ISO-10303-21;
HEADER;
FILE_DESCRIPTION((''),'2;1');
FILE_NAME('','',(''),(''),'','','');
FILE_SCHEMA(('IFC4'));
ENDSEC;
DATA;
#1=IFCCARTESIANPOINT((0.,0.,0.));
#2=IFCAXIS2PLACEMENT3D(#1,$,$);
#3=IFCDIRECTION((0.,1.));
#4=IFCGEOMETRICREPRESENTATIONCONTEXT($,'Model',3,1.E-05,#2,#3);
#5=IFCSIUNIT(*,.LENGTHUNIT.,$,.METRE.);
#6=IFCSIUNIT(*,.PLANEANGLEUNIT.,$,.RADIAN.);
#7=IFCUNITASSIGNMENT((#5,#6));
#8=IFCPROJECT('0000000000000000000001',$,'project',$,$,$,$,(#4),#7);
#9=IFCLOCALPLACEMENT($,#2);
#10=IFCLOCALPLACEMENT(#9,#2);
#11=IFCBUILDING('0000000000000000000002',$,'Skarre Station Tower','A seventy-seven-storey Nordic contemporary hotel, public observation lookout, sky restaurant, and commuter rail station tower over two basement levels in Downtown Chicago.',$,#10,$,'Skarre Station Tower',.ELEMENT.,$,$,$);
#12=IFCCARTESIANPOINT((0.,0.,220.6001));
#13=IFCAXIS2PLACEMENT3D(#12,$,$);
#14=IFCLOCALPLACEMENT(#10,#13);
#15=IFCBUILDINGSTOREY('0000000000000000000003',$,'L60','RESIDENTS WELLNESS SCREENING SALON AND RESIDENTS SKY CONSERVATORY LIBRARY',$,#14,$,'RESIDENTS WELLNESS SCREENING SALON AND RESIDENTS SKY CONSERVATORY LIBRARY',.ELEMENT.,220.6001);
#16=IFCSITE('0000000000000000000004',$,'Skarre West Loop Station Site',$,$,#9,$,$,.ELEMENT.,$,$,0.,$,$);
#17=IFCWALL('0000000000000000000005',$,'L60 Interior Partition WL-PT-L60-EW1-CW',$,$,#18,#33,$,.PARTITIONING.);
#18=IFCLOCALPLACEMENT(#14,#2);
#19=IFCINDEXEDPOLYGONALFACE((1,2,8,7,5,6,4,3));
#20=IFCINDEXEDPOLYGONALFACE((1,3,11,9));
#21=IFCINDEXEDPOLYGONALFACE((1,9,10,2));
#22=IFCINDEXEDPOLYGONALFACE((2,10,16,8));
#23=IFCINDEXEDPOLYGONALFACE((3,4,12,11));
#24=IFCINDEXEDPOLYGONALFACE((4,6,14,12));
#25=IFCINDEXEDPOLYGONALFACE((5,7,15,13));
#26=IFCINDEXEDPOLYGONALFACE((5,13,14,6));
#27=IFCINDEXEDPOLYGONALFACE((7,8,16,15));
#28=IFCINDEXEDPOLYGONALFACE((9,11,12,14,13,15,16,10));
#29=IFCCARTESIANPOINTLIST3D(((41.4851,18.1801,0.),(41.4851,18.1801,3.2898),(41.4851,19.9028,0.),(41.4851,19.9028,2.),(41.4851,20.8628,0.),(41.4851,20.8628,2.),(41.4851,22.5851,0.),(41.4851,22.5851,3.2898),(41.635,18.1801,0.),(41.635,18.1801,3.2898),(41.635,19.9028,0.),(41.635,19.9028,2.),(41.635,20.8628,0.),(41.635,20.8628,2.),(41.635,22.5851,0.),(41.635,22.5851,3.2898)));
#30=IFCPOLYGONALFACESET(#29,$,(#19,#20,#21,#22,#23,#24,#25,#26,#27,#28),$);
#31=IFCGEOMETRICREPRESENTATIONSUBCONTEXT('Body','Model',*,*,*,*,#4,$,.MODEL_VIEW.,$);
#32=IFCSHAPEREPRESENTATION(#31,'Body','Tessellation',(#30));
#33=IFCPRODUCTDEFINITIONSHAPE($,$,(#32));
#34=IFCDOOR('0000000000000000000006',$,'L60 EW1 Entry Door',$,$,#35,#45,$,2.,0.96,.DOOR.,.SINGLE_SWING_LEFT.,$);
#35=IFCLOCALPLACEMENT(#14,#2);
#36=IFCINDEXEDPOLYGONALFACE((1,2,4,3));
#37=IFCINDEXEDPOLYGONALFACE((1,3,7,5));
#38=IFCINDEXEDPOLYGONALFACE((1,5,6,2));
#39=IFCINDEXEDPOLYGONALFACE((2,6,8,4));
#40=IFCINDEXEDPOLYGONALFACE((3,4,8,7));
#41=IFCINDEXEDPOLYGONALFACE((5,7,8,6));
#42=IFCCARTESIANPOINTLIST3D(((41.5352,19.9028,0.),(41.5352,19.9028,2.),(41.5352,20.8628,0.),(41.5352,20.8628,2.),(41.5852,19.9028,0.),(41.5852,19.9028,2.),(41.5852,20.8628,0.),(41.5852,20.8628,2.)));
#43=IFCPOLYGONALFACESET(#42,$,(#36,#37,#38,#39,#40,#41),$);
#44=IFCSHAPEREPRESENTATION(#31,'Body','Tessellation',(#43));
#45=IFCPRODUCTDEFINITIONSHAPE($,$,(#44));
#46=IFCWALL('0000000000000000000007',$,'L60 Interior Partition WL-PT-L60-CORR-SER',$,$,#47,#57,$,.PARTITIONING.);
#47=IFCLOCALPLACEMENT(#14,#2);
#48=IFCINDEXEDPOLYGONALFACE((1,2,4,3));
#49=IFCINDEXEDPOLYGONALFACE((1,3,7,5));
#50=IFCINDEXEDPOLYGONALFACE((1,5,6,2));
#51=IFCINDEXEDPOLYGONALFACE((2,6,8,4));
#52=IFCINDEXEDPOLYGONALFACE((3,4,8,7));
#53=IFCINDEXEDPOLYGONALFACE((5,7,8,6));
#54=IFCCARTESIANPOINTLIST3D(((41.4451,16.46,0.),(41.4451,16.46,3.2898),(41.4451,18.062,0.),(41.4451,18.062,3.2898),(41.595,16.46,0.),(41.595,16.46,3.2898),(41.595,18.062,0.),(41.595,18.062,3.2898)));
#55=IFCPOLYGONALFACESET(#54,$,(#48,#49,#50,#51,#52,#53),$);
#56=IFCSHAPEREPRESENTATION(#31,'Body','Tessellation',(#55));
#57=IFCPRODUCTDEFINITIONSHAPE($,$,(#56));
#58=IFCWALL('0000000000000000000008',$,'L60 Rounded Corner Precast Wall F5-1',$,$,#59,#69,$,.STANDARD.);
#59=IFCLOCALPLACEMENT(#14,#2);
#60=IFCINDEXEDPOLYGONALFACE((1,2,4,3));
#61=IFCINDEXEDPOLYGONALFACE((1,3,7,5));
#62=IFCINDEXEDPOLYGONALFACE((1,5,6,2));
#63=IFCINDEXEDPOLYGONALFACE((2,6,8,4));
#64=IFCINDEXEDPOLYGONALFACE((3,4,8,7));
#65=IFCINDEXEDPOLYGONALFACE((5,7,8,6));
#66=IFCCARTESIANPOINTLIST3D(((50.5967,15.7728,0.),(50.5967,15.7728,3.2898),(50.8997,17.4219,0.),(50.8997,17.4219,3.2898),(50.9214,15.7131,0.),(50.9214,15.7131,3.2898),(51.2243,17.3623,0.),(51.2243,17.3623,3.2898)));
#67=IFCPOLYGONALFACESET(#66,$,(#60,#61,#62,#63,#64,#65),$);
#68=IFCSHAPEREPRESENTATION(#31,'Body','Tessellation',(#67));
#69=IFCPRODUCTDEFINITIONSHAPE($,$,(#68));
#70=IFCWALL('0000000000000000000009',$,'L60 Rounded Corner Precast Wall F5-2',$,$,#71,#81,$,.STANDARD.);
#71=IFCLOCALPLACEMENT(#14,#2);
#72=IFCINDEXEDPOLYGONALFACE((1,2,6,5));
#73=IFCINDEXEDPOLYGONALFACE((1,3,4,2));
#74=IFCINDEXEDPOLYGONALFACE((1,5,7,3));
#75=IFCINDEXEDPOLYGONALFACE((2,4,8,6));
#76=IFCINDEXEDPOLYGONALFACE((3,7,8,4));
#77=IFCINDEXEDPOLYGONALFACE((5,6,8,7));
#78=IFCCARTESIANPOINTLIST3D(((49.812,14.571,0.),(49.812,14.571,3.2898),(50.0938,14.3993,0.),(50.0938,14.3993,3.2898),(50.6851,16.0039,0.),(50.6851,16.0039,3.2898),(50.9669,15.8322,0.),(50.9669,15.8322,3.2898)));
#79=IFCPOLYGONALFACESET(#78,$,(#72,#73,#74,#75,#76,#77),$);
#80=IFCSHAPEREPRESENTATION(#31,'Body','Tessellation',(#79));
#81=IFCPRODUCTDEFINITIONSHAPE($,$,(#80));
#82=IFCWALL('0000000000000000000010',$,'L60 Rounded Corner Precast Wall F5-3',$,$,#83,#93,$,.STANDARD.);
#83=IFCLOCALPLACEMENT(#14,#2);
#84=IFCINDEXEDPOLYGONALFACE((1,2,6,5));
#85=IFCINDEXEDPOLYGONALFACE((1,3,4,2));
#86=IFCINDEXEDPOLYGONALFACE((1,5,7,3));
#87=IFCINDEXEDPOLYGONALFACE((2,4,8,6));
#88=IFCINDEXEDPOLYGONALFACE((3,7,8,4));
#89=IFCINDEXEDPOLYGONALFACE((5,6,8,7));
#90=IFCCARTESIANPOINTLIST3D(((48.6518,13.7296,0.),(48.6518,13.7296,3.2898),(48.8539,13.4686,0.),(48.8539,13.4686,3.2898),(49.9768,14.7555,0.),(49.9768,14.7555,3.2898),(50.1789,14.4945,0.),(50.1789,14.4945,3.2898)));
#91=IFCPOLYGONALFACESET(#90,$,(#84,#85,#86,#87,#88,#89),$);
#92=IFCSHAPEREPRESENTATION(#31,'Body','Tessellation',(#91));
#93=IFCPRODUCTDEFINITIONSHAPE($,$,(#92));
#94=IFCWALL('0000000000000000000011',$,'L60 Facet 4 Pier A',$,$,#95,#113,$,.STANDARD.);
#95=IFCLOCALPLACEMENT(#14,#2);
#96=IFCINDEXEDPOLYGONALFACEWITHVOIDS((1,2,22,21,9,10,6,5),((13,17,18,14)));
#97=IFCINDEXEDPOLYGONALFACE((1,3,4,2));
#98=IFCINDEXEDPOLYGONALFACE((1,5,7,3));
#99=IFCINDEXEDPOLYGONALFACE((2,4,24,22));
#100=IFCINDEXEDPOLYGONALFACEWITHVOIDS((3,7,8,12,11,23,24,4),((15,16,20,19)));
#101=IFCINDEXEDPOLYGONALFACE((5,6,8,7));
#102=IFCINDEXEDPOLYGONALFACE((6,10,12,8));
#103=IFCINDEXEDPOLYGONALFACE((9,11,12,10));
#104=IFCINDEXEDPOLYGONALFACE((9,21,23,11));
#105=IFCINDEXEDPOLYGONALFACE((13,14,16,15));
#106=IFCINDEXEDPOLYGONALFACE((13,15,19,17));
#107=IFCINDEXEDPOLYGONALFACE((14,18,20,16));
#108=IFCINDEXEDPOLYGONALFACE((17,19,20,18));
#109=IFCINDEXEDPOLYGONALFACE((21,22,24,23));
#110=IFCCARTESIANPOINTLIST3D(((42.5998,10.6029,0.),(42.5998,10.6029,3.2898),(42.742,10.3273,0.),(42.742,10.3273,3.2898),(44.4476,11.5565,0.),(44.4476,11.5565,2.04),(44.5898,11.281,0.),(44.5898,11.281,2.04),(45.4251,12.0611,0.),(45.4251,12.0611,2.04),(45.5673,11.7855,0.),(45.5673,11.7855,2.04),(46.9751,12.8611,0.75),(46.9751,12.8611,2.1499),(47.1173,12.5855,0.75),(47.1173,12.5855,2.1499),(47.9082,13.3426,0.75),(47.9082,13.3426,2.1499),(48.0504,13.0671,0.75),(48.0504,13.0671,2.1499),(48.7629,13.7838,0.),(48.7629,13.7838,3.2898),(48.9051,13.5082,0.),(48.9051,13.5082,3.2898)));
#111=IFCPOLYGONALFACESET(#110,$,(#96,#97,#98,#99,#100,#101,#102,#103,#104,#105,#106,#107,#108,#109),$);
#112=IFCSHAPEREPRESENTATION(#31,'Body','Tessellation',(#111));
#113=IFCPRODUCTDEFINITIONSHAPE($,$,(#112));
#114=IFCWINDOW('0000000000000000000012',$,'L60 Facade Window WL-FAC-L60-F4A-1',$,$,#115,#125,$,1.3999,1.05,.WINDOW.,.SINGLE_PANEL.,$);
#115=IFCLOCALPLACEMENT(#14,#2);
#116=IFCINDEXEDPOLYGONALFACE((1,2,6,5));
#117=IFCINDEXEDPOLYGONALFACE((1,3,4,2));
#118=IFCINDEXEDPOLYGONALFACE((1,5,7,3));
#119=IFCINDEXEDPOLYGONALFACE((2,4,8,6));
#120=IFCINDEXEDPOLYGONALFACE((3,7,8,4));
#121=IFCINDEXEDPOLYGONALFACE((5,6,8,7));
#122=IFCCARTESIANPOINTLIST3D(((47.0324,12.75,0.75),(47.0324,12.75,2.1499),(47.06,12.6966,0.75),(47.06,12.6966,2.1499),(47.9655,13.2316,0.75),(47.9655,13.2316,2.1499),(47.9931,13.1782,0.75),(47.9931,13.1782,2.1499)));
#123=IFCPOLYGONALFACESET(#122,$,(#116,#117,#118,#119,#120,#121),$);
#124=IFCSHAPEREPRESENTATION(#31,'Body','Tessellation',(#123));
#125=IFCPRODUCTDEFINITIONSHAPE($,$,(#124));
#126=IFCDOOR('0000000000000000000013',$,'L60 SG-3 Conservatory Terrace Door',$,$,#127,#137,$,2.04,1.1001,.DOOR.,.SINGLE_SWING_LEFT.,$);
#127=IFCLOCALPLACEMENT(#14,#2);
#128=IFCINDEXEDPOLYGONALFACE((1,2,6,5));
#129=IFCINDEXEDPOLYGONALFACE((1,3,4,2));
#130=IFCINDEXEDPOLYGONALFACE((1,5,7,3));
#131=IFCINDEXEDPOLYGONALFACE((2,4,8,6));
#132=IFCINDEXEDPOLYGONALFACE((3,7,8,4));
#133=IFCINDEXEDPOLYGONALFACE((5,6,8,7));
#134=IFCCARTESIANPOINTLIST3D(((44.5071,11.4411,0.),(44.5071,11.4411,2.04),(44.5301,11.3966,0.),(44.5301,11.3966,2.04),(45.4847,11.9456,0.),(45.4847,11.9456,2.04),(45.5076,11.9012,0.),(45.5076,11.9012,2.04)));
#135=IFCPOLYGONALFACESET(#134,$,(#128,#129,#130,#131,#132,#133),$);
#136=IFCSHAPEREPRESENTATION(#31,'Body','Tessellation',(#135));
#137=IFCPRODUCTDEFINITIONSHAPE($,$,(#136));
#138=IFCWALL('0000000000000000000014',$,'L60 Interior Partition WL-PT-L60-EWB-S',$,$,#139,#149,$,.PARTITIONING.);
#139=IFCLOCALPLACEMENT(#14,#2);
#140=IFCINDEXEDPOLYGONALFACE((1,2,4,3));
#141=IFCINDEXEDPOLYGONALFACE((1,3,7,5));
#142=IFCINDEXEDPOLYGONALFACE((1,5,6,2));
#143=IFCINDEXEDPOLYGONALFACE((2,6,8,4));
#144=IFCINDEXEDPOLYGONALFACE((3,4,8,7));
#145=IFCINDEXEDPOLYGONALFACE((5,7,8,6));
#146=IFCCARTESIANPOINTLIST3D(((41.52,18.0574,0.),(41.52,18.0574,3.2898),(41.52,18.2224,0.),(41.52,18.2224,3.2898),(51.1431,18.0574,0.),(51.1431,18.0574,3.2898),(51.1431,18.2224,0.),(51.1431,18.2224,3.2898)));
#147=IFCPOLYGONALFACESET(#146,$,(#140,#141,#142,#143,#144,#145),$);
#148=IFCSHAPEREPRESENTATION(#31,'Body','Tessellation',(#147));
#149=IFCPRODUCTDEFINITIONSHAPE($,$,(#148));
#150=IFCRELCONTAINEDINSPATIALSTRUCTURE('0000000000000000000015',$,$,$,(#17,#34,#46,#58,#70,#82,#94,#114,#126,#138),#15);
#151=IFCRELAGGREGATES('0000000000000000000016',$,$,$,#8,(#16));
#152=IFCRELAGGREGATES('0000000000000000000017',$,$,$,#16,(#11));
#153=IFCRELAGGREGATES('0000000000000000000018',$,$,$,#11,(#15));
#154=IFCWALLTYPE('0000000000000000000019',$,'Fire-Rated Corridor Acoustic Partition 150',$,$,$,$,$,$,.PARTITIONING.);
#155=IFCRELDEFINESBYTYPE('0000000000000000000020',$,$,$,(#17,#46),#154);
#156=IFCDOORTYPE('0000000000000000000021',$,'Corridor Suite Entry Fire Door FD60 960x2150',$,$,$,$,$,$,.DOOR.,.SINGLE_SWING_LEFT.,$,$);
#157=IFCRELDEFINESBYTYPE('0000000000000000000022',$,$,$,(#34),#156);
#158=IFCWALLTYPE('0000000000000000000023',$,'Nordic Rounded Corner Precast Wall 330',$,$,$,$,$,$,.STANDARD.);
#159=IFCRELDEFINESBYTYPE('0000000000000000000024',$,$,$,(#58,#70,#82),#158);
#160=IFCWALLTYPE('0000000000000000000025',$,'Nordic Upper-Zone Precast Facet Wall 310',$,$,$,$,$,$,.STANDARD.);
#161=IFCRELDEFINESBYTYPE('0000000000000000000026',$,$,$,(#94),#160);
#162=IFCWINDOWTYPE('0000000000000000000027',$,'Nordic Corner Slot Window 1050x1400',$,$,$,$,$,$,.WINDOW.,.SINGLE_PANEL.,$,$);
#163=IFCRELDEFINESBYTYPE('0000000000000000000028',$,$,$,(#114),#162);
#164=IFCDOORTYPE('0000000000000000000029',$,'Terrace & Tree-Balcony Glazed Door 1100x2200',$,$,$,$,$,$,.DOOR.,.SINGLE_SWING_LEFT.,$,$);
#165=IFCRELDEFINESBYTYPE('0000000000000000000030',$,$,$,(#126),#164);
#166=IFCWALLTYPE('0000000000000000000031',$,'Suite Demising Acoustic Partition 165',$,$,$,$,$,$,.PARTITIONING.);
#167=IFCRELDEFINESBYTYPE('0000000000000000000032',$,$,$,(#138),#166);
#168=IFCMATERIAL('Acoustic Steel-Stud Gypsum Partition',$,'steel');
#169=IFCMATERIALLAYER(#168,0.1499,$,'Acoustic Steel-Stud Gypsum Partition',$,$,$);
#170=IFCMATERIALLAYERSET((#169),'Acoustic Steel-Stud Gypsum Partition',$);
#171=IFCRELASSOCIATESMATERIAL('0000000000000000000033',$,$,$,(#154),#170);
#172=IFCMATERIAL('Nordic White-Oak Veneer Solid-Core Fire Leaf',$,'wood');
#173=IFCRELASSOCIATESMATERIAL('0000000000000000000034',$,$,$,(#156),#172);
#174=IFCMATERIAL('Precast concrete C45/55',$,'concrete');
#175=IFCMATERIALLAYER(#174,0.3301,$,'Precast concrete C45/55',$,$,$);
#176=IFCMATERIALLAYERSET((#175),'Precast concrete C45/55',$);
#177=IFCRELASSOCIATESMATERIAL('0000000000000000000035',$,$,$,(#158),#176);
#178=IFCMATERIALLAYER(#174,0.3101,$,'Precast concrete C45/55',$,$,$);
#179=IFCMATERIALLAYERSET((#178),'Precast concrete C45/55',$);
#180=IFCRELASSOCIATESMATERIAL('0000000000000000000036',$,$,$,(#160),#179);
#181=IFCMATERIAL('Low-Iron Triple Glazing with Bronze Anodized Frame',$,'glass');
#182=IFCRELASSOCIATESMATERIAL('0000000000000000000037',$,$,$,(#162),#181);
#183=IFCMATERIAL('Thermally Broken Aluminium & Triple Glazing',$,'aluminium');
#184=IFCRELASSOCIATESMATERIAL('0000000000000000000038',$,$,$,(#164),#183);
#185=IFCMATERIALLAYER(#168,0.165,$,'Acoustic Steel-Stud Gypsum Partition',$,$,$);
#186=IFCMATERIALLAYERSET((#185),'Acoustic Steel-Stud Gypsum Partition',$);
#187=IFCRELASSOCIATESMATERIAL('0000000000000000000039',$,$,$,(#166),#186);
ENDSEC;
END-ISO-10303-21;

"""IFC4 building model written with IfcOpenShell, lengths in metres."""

from ifc_helpers import new_model, si_unit, direction, frame, frame_2d, origin, place, context, subcontext, project, spatial, rectangle, extrude, material, layer, layer_set, type_object, element, fill, save


model = new_model("IFC4")

# Units and contexts
model_context = context("Model", 3, precision=1e-05, world=origin(), true_north=direction((0.0, 1.0)))
body_context = subcontext(model_context, "Body", "Model", "MODEL_VIEW")
ifc_project = project(units=[si_unit("LENGTHUNIT", "METRE"), si_unit("PLANEANGLEUNIT", "RADIAN")], contexts=[model_context])

# Site, building, storey
site_placement = place(None, origin())
site = spatial("IfcSite", under=ifc_project, at=site_placement, Name="Skarre West Loop Station Site", CompositionType="ELEMENT", RefElevation=0.0)
building_placement = place(site_placement, origin())
building = spatial("IfcBuilding", under=site, at=building_placement, Name="Skarre Station Tower", Description="A seventy-seven-storey Nordic contemporary hotel, public observation lookout, sky restaurant, and commuter rail station tower over two basement levels in Downtown Chicago.", LongName="Skarre Station Tower", CompositionType="ELEMENT")
storey_placement = place(building_placement, frame((0.0, 0.0, 220.6001)))
storey = spatial("IfcBuildingStorey", under=building, at=storey_placement, Name="L60", Description="RESIDENTS WELLNESS SCREENING SALON AND RESIDENTS SKY CONSERVATORY LIBRARY", LongName="RESIDENTS WELLNESS SCREENING SALON AND RESIDENTS SKY CONSERVATORY LIBRARY", CompositionType="ELEMENT", Elevation=220.6001)

# Wall, opening, door
ifc_material_1 = material(Name="Acoustic Steel-Stud Gypsum Partition", Category="steel")
ifc_layer_1 = layer(ifc_material_1, 0.1499, Name="Acoustic Steel-Stud Gypsum Partition")
ifc_layer_set_1 = layer_set([ifc_layer_1], Name="Acoustic Steel-Stud Gypsum Partition")
wall_type_1 = type_object("IfcWallType", Name="Fire-Rated Corridor Acoustic Partition 150", PredefinedType="PARTITIONING", material=ifc_layer_set_1)
wall_1_placement = place(storey_placement, frame((41.5601, 18.1799, 0.0), z_axis=(0.0, 0.0, 1.0), x_axis=(0.0, 1.0, 0.0)))
wall_1 = element("IfcWall", 1, at=wall_1_placement, inside=storey, type_object=wall_type_1, Name="L60 Interior Partition WL-PT-L60-EW1-CW", PredefinedType="PARTITIONING", context=body_context, shape_type="SweptSolid", body=[
    extrude(rectangle(XDim=4.405, YDim=0.1499, at=frame_2d((2.2026, 0.0))), origin(), (0.0, 0.0, 1.0), 3.2898),
])
opening_1_placement = place(wall_1_placement, frame((1.7229, 0.0, 0.0)))
opening_1 = element("IfcOpeningElement", 2, at=opening_1_placement, cuts=wall_1, PredefinedType="OPENING", context=body_context, shape_type="SweptSolid", body=[
    extrude(rectangle(XDim=0.96, YDim=2.0, at=frame_2d((0.48, 1.0))), frame((0.0, 0.085, 0.0), z_axis=(0.0, -1.0, 0.0), x_axis=(1.0, 0.0, 0.0)), (0.0, 0.0, 1.0), 0.1699),
])
ifc_material_2 = material(Name="Nordic White-Oak Veneer Solid-Core Fire Leaf", Category="wood")
door_type_1 = type_object("IfcDoorType", Name="Corridor Suite Entry Fire Door FD60 960x2150", OperationType="SINGLE_SWING_LEFT", PredefinedType="DOOR", material=ifc_material_2)
door_1_placement = place(opening_1_placement, origin())
door_1 = element("IfcDoor", 3, at=door_1_placement, inside=storey, type_object=door_type_1, Name="L60 EW1 Entry Door", OperationType="SINGLE_SWING_LEFT", OverallHeight=2.0, OverallWidth=0.96, PredefinedType="DOOR", context=body_context, shape_type="SweptSolid", body=[
    extrude(rectangle(XDim=0.96, YDim=2.0, at=frame_2d((0.48, 1.0))), frame((0.0, 0.0249, 0.0), z_axis=(0.0, -1.0, 0.0), x_axis=(1.0, 0.0, 0.0)), (0.0, 0.0, 1.0), 0.05),
])
fill(opening_1, door_1)

# Walls
wall_2_placement = place(storey_placement, frame((41.52, 16.46, 0.0), z_axis=(0.0, 0.0, 1.0), x_axis=(0.0, 1.0, 0.0)))
element("IfcWall", 4, at=wall_2_placement, inside=storey, type_object=wall_type_1, Name="L60 Interior Partition WL-PT-L60-CORR-SER", PredefinedType="PARTITIONING", context=body_context, shape_type="SweptSolid", body=[
    extrude(rectangle(XDim=1.6021, YDim=0.1499, at=frame_2d((0.801, 0.0))), origin(), (0.0, 0.0, 1.0), 3.2898),
])
ifc_material_3 = material(Name="Precast concrete C45/55", Category="concrete")
ifc_layer_2 = layer(ifc_material_3, 0.3301, Name="Precast concrete C45/55")
ifc_layer_set_2 = layer_set([ifc_layer_2], Name="Precast concrete C45/55")
wall_type_2 = type_object("IfcWallType", Name="Nordic Rounded Corner Precast Wall 330", PredefinedType="STANDARD", material=ifc_layer_set_2)
wall_3_placement = place(storey_placement, frame((51.062, 17.3921, 0.0), z_axis=(0.0, 0.0, 1.0), x_axis=(-0.180692, -0.98354, 0.0)))
element("IfcWall", 5, at=wall_3_placement, inside=storey, type_object=wall_type_2, Name="L60 Rounded Corner Precast Wall F5-1", PredefinedType="STANDARD", context=body_context, shape_type="SweptSolid", body=[
    extrude(rectangle(XDim=1.6768, YDim=0.3301, at=frame_2d((0.8384, 0.0))), origin(), (0.0, 0.0, 1.0), 3.2898),
])
wall_4_placement = place(storey_placement, frame((50.8259, 15.918, 0.0), z_axis=(0.0, 0.0, 1.0), x_axis=(-0.520325, -0.853968, 0.0)))
element("IfcWall", 6, at=wall_4_placement, inside=storey, type_object=wall_type_2, Name="L60 Rounded Corner Precast Wall F5-2", PredefinedType="STANDARD", context=body_context, shape_type="SweptSolid", body=[
    extrude(rectangle(XDim=1.678, YDim=0.3301, at=frame_2d((0.8389, 0.0))), origin(), (0.0, 0.0, 1.0), 3.2898),
])
wall_5_placement = place(storey_placement, frame((50.0779, 14.625, 0.0), z_axis=(0.0, 0.0, 1.0), x_axis=(-0.790692, -0.612214, 0.0)))
element("IfcWall", 7, at=wall_5_placement, inside=storey, type_object=wall_type_2, Name="L60 Rounded Corner Precast Wall F5-3", PredefinedType="STANDARD", context=body_context, shape_type="SweptSolid", body=[
    extrude(rectangle(XDim=1.6758, YDim=0.3301, at=frame_2d((0.8379, 0.0))), origin(), (0.0, 0.0, 1.0), 3.2898),
])

# Wall, openings, window, door
ifc_layer_3 = layer(ifc_material_3, 0.3101, Name="Precast concrete C45/55")
ifc_layer_set_3 = layer_set([ifc_layer_3], Name="Precast concrete C45/55")
wall_type_3 = type_object("IfcWallType", Name="Nordic Upper-Zone Precast Facet Wall 310", PredefinedType="STANDARD", material=ifc_layer_set_3)
wall_6_placement = place(storey_placement, frame((48.834, 13.646, 0.0), z_axis=(0.0, 0.0, 1.0), x_axis=(-0.888623, -0.458638, 0.0)))
wall_6 = element("IfcWall", 8, at=wall_6_placement, inside=storey, type_object=wall_type_3, Name="L60 Facet 4 Pier A", PredefinedType="STANDARD", context=body_context, shape_type="SweptSolid", body=[
    extrude(rectangle(XDim=6.9355, YDim=0.3101, at=frame_2d((3.4678, 0.0))), origin(), (0.0, 0.0, 1.0), 3.2898),
])
opening_2_placement = place(wall_6_placement, frame((3.7561, 0.0, 0.0)))
opening_2 = element("IfcOpeningElement", 9, at=opening_2_placement, cuts=wall_6, PredefinedType="OPENING", context=body_context, shape_type="SweptSolid", body=[
    extrude(rectangle(XDim=1.1001, YDim=2.04, at=frame_2d((0.55, 1.02))), frame((0.0, 0.165, 0.0), z_axis=(0.0, -1.0, 0.0), x_axis=(1.0, 0.0, 0.0)), (0.0, 0.0, 1.0), 0.3301),
])
opening_3_placement = place(wall_6_placement, frame((0.9619, 0.0, 0.75)))
opening_3 = element("IfcOpeningElement", 10, at=opening_3_placement, cuts=wall_6, PredefinedType="OPENING", context=body_context, shape_type="SweptSolid", body=[
    extrude(rectangle(XDim=1.05, YDim=1.3999, at=frame_2d((0.5249, 0.7))), frame((0.0, 0.165, 0.0), z_axis=(0.0, -1.0, 0.0), x_axis=(1.0, 0.0, 0.0)), (0.0, 0.0, 1.0), 0.3301),
])
ifc_material_4 = material(Name="Low-Iron Triple Glazing with Bronze Anodized Frame", Category="glass")
window_type = type_object("IfcWindowType", Name="Nordic Corner Slot Window 1050x1400", PartitioningType="SINGLE_PANEL", PredefinedType="WINDOW", material=ifc_material_4)
window_placement = place(opening_3_placement, origin())
window = element("IfcWindow", 11, at=window_placement, inside=storey, type_object=window_type, Name="L60 Facade Window WL-FAC-L60-F4A-1", OverallHeight=1.3999, OverallWidth=1.05, PartitioningType="SINGLE_PANEL", PredefinedType="WINDOW", context=body_context, shape_type="SweptSolid", body=[
    extrude(rectangle(XDim=1.05, YDim=1.3999, at=frame_2d((0.5249, 0.7))), frame((0.0, 0.03, 0.0), z_axis=(0.0, -1.0, 0.0), x_axis=(1.0, 0.0, 0.0)), (0.0, 0.0, 1.0), 0.0601),
])
fill(opening_3, window)
ifc_material_5 = material(Name="Thermally Broken Aluminium & Triple Glazing", Category="aluminium")
door_type_2 = type_object("IfcDoorType", Name="Terrace & Tree-Balcony Glazed Door 1100x2200", OperationType="SINGLE_SWING_LEFT", PredefinedType="DOOR", material=ifc_material_5)
door_2_placement = place(opening_2_placement, origin())
door_2 = element("IfcDoor", 12, at=door_2_placement, inside=storey, type_object=door_type_2, Name="L60 SG-3 Conservatory Terrace Door", OperationType="SINGLE_SWING_LEFT", OverallHeight=2.04, OverallWidth=1.1001, PredefinedType="DOOR", context=body_context, shape_type="SweptSolid", body=[
    extrude(rectangle(XDim=1.1001, YDim=2.04, at=frame_2d((0.55, 1.02))), frame((0.0, 0.0249, 0.0), z_axis=(0.0, -1.0, 0.0), x_axis=(1.0, 0.0, 0.0)), (0.0, 0.0, 1.0), 0.05),
])
fill(opening_2, door_2)

# Wall
ifc_layer_4 = layer(ifc_material_1, 0.165, Name="Acoustic Steel-Stud Gypsum Partition")
ifc_layer_set_4 = layer_set([ifc_layer_4], Name="Acoustic Steel-Stud Gypsum Partition")
wall_type_4 = type_object("IfcWallType", Name="Suite Demising Acoustic Partition 165", PredefinedType="PARTITIONING", material=ifc_layer_set_4)
wall_7_placement = place(storey_placement, frame((41.52, 18.1399, 0.0), z_axis=(0.0, 0.0, 1.0), x_axis=(1.0, 0.0, 0.0)))
element("IfcWall", 13, at=wall_7_placement, inside=storey, type_object=wall_type_4, Name="L60 Interior Partition WL-PT-L60-EWB-S", PredefinedType="PARTITIONING", context=body_context, shape_type="SweptSolid", body=[
    extrude(rectangle(XDim=9.623, YDim=0.165, at=frame_2d((4.8115, 0.0))), origin(), (0.0, 0.0, 1.0), 3.2898),
])

save(model, "model.ifc")
